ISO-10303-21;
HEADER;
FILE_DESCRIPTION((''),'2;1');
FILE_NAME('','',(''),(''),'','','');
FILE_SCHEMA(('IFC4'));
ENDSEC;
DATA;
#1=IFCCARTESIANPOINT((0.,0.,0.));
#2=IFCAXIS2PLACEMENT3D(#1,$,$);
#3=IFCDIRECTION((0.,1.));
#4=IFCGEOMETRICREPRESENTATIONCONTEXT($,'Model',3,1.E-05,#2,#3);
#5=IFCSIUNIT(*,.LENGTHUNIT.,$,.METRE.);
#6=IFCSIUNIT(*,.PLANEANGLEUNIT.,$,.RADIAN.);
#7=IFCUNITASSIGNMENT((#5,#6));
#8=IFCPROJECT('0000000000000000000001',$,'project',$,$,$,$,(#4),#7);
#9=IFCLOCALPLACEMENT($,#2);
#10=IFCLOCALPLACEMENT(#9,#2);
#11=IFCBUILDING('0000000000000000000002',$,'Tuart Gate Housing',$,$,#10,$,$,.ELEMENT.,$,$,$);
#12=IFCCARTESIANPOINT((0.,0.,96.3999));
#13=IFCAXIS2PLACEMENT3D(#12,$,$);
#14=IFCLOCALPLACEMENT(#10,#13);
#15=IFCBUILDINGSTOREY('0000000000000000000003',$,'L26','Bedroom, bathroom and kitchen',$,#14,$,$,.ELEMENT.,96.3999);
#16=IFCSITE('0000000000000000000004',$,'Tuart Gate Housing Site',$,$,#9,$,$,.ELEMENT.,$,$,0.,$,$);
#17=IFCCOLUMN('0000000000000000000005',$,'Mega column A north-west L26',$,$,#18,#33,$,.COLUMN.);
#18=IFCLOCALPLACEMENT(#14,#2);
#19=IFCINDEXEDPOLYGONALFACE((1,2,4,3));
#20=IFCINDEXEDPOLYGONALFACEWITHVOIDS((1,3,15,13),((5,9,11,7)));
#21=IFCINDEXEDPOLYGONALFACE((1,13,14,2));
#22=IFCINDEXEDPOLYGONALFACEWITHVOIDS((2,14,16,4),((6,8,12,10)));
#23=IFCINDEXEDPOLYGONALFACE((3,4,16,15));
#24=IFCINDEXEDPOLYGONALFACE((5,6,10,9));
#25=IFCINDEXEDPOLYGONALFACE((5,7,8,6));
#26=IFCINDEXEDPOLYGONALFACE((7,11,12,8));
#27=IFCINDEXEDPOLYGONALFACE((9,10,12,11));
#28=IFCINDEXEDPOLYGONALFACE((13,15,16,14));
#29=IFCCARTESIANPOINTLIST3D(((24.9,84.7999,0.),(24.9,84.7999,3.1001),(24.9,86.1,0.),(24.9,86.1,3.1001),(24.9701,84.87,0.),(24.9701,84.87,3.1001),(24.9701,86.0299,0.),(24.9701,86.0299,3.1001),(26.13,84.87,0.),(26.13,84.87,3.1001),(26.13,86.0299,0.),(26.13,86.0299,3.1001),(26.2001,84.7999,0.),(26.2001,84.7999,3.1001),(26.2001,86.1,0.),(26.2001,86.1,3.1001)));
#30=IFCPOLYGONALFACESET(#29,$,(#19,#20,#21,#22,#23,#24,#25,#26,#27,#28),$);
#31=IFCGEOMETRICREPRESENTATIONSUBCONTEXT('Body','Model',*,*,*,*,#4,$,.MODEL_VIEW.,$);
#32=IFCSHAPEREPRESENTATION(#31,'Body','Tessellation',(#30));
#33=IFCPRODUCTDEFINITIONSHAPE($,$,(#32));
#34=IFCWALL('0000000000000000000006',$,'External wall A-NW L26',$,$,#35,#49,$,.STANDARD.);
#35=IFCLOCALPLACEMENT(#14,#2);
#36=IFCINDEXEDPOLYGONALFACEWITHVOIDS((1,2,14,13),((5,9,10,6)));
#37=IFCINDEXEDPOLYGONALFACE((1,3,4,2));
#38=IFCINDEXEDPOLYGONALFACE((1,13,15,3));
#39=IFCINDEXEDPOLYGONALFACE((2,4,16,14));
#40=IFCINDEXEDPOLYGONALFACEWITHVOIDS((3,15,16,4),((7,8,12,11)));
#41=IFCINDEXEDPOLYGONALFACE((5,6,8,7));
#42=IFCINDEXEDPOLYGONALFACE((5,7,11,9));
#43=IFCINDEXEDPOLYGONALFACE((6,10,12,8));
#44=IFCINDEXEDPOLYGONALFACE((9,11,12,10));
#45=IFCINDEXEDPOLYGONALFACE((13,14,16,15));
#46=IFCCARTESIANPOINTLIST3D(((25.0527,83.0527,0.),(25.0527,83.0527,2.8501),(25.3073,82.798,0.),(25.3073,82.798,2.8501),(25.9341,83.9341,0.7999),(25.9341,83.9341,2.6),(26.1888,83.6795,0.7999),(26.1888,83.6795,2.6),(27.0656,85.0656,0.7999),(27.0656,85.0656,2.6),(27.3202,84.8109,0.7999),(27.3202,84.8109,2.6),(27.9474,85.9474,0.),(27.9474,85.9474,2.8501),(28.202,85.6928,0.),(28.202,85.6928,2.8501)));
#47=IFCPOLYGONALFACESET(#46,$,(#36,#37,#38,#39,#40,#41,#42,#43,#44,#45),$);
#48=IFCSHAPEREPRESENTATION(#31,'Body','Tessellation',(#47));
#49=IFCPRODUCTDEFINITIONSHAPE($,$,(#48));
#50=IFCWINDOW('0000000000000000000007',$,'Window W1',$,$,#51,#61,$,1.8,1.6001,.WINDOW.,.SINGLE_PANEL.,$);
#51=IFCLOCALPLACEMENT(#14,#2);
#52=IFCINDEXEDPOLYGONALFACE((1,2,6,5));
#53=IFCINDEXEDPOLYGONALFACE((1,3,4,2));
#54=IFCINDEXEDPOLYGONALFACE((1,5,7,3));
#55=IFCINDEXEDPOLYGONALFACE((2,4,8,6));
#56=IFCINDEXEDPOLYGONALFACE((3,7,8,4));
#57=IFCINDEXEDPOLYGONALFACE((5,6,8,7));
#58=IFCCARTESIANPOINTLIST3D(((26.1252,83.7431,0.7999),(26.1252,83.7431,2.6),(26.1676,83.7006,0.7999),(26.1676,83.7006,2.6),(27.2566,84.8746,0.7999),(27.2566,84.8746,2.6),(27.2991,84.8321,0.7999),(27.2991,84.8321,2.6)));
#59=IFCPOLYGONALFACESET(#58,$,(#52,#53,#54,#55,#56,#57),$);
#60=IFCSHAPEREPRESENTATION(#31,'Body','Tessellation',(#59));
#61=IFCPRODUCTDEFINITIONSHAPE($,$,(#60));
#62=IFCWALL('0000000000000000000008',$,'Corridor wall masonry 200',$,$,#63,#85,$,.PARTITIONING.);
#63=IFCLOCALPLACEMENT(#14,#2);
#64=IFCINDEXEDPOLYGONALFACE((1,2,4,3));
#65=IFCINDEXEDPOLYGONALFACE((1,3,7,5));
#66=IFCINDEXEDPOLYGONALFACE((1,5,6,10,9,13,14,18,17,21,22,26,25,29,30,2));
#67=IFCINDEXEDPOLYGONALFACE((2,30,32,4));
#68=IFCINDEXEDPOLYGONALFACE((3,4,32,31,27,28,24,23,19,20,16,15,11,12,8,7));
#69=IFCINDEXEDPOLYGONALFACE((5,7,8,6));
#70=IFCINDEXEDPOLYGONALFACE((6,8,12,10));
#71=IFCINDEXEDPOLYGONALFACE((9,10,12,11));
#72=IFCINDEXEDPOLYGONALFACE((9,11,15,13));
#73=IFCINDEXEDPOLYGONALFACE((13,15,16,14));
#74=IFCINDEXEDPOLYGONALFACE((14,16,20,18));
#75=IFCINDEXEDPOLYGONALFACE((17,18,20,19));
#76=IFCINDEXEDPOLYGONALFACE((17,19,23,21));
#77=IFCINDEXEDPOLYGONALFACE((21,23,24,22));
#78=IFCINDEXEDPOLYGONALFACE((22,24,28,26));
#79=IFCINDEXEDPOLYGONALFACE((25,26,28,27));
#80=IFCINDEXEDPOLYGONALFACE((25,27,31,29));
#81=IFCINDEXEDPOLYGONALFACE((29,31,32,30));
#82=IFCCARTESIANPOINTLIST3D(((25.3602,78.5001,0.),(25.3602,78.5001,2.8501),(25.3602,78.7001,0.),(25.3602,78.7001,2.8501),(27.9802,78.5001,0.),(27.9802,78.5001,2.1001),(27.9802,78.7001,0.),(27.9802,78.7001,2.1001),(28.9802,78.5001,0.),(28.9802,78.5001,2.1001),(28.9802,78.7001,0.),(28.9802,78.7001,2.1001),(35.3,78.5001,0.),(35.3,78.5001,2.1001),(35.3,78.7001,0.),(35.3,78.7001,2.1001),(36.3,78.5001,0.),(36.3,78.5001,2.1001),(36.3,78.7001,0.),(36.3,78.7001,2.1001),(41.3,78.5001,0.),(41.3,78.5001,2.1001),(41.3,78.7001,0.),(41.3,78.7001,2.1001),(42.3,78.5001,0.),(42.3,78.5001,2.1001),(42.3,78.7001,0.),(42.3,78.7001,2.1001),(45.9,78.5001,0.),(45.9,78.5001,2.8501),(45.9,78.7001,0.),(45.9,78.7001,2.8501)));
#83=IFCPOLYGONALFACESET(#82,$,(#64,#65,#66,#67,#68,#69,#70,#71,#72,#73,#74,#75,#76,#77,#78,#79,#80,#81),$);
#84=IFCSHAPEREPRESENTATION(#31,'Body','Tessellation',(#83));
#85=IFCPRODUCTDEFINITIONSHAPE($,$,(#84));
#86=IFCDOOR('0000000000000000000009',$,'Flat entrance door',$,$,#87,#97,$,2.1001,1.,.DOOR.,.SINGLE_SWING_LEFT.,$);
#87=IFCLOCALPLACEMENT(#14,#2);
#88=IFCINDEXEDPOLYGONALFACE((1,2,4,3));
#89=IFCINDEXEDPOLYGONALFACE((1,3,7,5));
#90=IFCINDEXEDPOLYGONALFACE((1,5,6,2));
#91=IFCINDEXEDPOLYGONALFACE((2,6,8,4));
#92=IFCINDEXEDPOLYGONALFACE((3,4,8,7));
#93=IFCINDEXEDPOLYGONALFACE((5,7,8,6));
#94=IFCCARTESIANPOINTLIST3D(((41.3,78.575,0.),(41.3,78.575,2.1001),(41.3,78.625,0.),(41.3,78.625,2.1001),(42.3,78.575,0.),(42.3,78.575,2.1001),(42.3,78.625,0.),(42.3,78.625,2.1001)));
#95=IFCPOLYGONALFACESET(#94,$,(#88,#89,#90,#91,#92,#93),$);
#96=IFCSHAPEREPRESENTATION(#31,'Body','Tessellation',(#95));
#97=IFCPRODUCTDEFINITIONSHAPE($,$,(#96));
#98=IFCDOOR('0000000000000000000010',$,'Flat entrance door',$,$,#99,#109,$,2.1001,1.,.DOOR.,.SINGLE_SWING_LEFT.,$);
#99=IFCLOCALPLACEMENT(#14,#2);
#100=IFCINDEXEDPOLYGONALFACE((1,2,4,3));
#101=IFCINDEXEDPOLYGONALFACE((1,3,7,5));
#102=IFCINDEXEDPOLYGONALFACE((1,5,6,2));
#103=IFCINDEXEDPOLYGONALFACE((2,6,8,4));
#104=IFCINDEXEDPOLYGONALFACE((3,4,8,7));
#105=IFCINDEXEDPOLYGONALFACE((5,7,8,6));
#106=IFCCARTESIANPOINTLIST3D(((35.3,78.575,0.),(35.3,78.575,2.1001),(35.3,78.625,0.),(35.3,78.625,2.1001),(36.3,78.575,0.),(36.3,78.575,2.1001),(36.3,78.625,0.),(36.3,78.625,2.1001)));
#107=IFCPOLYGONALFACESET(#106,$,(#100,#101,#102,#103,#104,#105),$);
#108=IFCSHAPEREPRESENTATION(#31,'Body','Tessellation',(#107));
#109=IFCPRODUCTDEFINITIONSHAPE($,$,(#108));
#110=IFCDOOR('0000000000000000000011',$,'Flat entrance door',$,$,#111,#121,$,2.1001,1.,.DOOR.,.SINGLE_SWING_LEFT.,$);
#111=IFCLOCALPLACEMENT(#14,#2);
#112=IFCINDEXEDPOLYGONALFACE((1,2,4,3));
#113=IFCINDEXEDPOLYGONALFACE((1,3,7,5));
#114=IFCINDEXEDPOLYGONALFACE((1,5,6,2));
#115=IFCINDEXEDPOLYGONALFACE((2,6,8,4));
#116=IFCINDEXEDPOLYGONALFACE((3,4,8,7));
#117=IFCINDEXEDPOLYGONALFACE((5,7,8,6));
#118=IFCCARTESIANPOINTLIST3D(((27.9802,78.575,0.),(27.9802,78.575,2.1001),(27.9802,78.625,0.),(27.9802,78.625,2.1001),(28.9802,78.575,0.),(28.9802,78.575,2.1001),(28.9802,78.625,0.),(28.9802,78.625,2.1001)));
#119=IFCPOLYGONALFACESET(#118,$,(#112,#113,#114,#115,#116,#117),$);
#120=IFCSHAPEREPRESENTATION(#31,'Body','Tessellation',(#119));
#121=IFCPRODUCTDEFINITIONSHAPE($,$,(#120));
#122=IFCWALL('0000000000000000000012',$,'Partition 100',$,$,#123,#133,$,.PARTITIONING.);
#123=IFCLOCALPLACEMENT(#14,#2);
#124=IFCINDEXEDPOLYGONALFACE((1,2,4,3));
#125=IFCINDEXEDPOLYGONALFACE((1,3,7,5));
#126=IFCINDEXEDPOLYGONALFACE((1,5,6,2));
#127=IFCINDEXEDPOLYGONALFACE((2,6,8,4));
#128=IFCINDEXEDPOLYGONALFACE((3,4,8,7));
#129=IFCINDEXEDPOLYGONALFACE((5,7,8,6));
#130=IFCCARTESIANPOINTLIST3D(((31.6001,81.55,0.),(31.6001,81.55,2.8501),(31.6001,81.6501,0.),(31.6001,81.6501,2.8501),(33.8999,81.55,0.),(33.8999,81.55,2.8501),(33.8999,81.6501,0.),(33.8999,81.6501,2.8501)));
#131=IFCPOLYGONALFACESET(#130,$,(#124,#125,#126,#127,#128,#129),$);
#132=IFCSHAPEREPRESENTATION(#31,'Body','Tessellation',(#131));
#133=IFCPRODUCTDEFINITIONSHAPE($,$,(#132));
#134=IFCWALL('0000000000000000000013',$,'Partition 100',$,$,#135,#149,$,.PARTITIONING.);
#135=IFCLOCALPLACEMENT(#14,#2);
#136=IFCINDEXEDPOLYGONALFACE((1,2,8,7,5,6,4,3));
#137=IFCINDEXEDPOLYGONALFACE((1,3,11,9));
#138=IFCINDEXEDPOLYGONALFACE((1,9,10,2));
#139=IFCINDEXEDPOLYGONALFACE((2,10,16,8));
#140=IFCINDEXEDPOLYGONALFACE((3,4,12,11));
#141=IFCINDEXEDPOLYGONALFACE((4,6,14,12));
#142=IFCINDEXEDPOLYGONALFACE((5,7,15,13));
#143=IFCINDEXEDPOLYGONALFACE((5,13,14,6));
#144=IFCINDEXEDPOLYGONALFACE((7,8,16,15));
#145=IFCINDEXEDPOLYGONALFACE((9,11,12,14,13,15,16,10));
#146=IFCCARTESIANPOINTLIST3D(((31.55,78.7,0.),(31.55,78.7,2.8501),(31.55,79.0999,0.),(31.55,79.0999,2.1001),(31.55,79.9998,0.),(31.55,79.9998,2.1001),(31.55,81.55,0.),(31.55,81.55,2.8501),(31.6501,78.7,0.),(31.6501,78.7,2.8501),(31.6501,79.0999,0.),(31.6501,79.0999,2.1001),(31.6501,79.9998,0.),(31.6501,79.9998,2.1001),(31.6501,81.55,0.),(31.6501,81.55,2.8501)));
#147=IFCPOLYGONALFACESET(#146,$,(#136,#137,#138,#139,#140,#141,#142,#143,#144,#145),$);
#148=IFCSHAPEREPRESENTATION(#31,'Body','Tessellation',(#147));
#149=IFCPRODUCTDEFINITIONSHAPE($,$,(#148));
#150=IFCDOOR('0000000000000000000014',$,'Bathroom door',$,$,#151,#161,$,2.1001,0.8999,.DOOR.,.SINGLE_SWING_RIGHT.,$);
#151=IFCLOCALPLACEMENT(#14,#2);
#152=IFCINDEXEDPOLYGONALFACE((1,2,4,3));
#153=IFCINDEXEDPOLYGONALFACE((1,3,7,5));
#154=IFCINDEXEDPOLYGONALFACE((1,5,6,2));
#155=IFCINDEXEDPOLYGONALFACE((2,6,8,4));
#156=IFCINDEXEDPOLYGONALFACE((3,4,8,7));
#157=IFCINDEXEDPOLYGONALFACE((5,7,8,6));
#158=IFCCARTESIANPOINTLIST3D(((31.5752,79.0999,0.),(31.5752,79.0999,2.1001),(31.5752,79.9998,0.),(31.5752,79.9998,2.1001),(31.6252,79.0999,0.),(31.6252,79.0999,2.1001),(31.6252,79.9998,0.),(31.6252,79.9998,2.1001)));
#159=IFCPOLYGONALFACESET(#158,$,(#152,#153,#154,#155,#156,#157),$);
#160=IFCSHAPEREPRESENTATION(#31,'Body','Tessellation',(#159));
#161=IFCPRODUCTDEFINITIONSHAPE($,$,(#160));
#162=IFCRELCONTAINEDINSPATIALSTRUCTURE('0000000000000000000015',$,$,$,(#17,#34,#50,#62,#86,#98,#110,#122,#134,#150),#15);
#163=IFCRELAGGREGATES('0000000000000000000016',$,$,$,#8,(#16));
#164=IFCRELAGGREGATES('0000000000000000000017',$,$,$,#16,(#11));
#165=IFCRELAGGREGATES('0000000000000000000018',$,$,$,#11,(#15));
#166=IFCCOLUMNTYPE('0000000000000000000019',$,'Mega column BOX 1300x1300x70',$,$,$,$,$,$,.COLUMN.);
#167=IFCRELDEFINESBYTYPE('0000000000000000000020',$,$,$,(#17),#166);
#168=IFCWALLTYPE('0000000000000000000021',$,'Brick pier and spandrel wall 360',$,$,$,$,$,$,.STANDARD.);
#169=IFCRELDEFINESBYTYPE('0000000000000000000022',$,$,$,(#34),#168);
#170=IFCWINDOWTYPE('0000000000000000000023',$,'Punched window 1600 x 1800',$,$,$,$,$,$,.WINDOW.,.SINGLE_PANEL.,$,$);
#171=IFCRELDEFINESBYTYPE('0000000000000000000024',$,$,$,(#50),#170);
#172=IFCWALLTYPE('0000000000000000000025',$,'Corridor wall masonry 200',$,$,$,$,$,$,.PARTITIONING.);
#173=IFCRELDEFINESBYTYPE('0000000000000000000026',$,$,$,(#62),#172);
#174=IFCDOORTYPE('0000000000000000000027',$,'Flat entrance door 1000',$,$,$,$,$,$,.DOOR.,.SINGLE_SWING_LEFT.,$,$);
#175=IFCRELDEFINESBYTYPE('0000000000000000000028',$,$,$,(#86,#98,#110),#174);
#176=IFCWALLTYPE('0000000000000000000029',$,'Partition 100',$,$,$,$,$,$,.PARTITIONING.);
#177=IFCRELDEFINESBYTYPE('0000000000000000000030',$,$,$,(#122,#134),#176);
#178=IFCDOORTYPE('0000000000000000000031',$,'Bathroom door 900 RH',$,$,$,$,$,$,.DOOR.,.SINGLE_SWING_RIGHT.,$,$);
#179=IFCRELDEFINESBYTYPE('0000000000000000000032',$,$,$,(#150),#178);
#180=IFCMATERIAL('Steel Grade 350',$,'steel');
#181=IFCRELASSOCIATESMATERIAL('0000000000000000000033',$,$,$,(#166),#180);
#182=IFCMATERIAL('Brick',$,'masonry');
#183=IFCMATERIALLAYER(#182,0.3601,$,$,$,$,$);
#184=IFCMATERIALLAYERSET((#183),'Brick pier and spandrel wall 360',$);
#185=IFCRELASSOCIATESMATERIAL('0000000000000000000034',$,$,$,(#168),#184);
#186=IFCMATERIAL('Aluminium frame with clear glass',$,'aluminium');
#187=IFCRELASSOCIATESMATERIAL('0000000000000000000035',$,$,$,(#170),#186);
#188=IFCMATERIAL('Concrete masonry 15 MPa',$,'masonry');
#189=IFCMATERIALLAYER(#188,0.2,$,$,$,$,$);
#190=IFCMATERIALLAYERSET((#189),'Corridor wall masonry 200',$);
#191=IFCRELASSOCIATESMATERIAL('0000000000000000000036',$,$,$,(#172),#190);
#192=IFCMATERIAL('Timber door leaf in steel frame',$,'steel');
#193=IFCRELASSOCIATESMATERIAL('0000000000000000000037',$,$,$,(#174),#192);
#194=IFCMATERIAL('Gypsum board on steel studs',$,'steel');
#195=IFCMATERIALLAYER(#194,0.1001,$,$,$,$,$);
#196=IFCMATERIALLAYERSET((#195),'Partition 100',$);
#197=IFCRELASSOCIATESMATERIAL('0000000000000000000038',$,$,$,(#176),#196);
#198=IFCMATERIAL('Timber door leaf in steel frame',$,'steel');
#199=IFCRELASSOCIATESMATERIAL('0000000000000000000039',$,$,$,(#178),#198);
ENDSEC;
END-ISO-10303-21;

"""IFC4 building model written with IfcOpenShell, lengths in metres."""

from ifc_helpers import new_model, si_unit, direction, frame, frame_2d, origin, origin_2d, place, context, subcontext, project, spatial, rectangle, hollow_rectangle, extrude, material, layer, layer_set, material_profile, profile_set, type_object, element, fill, save


model = new_model("IFC4")

# Units and contexts
model_context = context("Model", 3, precision=1e-05, world=origin(), true_north=direction((0.0, 1.0)))
body_context = subcontext(model_context, "Body", "Model", "MODEL_VIEW")
ifc_project = project(units=[si_unit("LENGTHUNIT", "METRE"), si_unit("PLANEANGLEUNIT", "RADIAN")], contexts=[model_context])

# Site, building, storey
site_placement = place(None, origin())
site = spatial("IfcSite", under=ifc_project, at=site_placement, Name="Tuart Gate Housing Site", CompositionType="ELEMENT", RefElevation=0.0)
building_placement = place(site_placement, origin())
building = spatial("IfcBuilding", under=site, at=building_placement, Name="Tuart Gate Housing", CompositionType="ELEMENT")
storey_placement = place(building_placement, frame((0.0, 0.0, 96.3999)))
storey = spatial("IfcBuildingStorey", under=building, at=storey_placement, Name="L26", Description="Bedroom, bathroom and kitchen", CompositionType="ELEMENT", Elevation=96.3999)

# Column
ifc_material_1 = material(Name="Steel Grade 350", Category="steel")
ifc_material_profile = material_profile(ifc_material_1, hollow_rectangle(XDim=1.3, YDim=1.3, WallThickness=0.0701, at=origin_2d()), Name="BOX 1300x1300x70")
ifc_profile_set = profile_set([ifc_material_profile], Name="Steel Grade 350")
column_type = type_object("IfcColumnType", Name="Mega column BOX 1300x1300x70", PredefinedType="COLUMN", material=ifc_profile_set)
column_placement = place(storey_placement, frame((25.55, 85.45, 0.0), z_axis=(0.0, 0.0, 1.0), x_axis=(1.0, 0.0, 0.0)))
element("IfcColumn", 1, at=column_placement, inside=storey, type_object=column_type, Name="Mega column A north-west L26", PredefinedType="COLUMN", context=body_context, shape_type="SweptSolid", body=[
    extrude(hollow_rectangle(XDim=1.3, YDim=1.3, WallThickness=0.0701, at=origin_2d()), origin(), (0.0, 0.0, 1.0), 3.1001),
])

# Wall, opening, window
ifc_material_2 = material(Name="Brick", Category="masonry")
ifc_layer_1 = layer(ifc_material_2, 0.3601)
ifc_layer_set_1 = layer_set([ifc_layer_1], Name="Brick pier and spandrel wall 360")
wall_type_1 = type_object("IfcWallType", Name="Brick pier and spandrel wall 360", PredefinedType="STANDARD", material=ifc_layer_set_1)
wall_1_placement = place(storey_placement, frame((28.0747, 85.8201, 0.0), z_axis=(0.0, 0.0, 1.0), x_axis=(-0.707107, -0.707107, 0.0)))
wall_1 = element("IfcWall", 2, at=wall_1_placement, inside=storey, type_object=wall_type_1, Name="External wall A-NW L26", PredefinedType="STANDARD", context=body_context, shape_type="SweptSolid", body=[
    extrude(rectangle(XDim=4.0938, YDim=0.3601, at=frame_2d((2.0469, 0.0))), origin(), (0.0, 0.0, 1.0), 2.8501),
])
opening_1_placement = place(wall_1_placement, frame((1.2471, 0.0, 0.8)))
opening_1 = element("IfcOpeningElement", 3, at=opening_1_placement, cuts=wall_1, PredefinedType="OPENING", context=body_context, shape_type="SweptSolid", body=[
    extrude(rectangle(XDim=1.6001, YDim=1.8, at=frame_2d((0.8, 0.8999))), frame((0.0, 0.1899, 0.0), z_axis=(0.0, -1.0, 0.0), x_axis=(1.0, 0.0, 0.0)), (0.0, 0.0, 1.0), 0.3801),
])
ifc_material_3 = material(Name="Aluminium frame with clear glass", Category="aluminium")
window_type_1 = type_object("IfcWindowType", Name="Punched window 1600 x 1800", PartitioningType="SINGLE_PANEL", PredefinedType="WINDOW", material=ifc_material_3)
window_1_placement = place(opening_1_placement, origin())
window_1 = element("IfcWindow", 4, at=window_1_placement, inside=storey, type_object=window_type_1, Name="Window W1", OverallHeight=1.8, OverallWidth=1.6001, PartitioningType="SINGLE_PANEL", PredefinedType="WINDOW", context=body_context, shape_type="SweptSolid", body=[
    extrude(rectangle(XDim=1.6001, YDim=1.8, at=frame_2d((0.8, 0.8999))), frame((0.0, 0.1501, 0.0), z_axis=(0.0, -1.0, 0.0), x_axis=(1.0, 0.0, 0.0)), (0.0, 0.0, 1.0), 0.0601),
])
fill(opening_1, window_1)

# Wall, openings, doors
ifc_material_4 = material(Name="Concrete masonry 15 MPa", Category="masonry")
ifc_layer_2 = layer(ifc_material_4, 0.2)
ifc_layer_set_2 = layer_set([ifc_layer_2], Name="Corridor wall masonry 200")
wall_type_2 = type_object("IfcWallType", Name="Corridor wall masonry 200", PredefinedType="PARTITIONING", material=ifc_layer_set_2)
wall_2_placement = place(storey_placement, frame((25.3601, 78.6001, 0.0), z_axis=(0.0, 0.0, 1.0), x_axis=(1.0, 0.0, 0.0)))
wall_2 = element("IfcWall", 5, at=wall_2_placement, inside=storey, type_object=wall_type_2, Name="Corridor wall masonry 200", PredefinedType="PARTITIONING", context=body_context, shape_type="SweptSolid", body=[
    extrude(rectangle(XDim=20.5398, YDim=0.2, at=frame_2d((10.27, 0.0))), origin(), (0.0, 0.0, 1.0), 2.8501),
])
opening_2_placement = place(wall_2_placement, frame((15.9399, 0.0, 0.0)))
opening_2 = element("IfcOpeningElement", 6, at=opening_2_placement, cuts=wall_2, PredefinedType="OPENING", context=body_context, shape_type="SweptSolid", body=[
    extrude(rectangle(XDim=1.0, YDim=2.1001, at=frame_2d((0.5, 1.05))), frame((0.0, 0.1099, 0.0), z_axis=(0.0, -1.0, 0.0), x_axis=(1.0, 0.0, 0.0)), (0.0, 0.0, 1.0), 0.22),
])
opening_3_placement = place(wall_2_placement, frame((9.9399, 0.0, 0.0)))
opening_3 = element("IfcOpeningElement", 7, at=opening_3_placement, cuts=wall_2, PredefinedType="OPENING", context=body_context, shape_type="SweptSolid", body=[
    extrude(rectangle(XDim=1.0, YDim=2.1001, at=frame_2d((0.5, 1.05))), frame((0.0, 0.1099, 0.0), z_axis=(0.0, -1.0, 0.0), x_axis=(1.0, 0.0, 0.0)), (0.0, 0.0, 1.0), 0.22),
])
opening_4_placement = place(wall_2_placement, frame((2.6201, 0.0, 0.0)))
opening_4 = element("IfcOpeningElement", 8, at=opening_4_placement, cuts=wall_2, PredefinedType="OPENING", context=body_context, shape_type="SweptSolid", body=[
    extrude(rectangle(XDim=1.0, YDim=2.1001, at=frame_2d((0.5, 1.05))), frame((0.0, 0.1099, 0.0), z_axis=(0.0, -1.0, 0.0), x_axis=(1.0, 0.0, 0.0)), (0.0, 0.0, 1.0), 0.22),
])
ifc_material_5 = material(Name="Timber door leaf in steel frame", Category="steel")
door_type_1 = type_object("IfcDoorType", Name="Flat entrance door 1000", OperationType="SINGLE_SWING_LEFT", PredefinedType="DOOR", material=ifc_material_5)
door_1_placement = place(opening_2_placement, origin())
door_1 = element("IfcDoor", 9, at=door_1_placement, inside=storey, type_object=door_type_1, Name="Flat entrance door", OperationType="SINGLE_SWING_LEFT", OverallHeight=2.1001, OverallWidth=1.0, PredefinedType="DOOR", context=body_context, shape_type="SweptSolid", body=[
    extrude(rectangle(XDim=1.0, YDim=2.1001, at=frame_2d((0.5, 1.05))), frame((0.0, 0.0249, 0.0), z_axis=(0.0, -1.0, 0.0), x_axis=(1.0, 0.0, 0.0)), (0.0, 0.0, 1.0), 0.05),
])
fill(opening_2, door_1)
door_2_placement = place(opening_3_placement, origin())
door_2 = element("IfcDoor", 10, at=door_2_placement, inside=storey, type_object=door_type_1, Name="Flat entrance door", OperationType="SINGLE_SWING_LEFT", OverallHeight=2.1001, OverallWidth=1.0, PredefinedType="DOOR", context=body_context, shape_type="SweptSolid", body=[
    extrude(rectangle(XDim=1.0, YDim=2.1001, at=frame_2d((0.5, 1.05))), frame((0.0, 0.0249, 0.0), z_axis=(0.0, -1.0, 0.0), x_axis=(1.0, 0.0, 0.0)), (0.0, 0.0, 1.0), 0.05),
])
fill(opening_3, door_2)
door_3_placement = place(opening_4_placement, origin())
door_3 = element("IfcDoor", 11, at=door_3_placement, inside=storey, type_object=door_type_1, Name="Flat entrance door", OperationType="SINGLE_SWING_LEFT", OverallHeight=2.1001, OverallWidth=1.0, PredefinedType="DOOR", context=body_context, shape_type="SweptSolid", body=[
    extrude(rectangle(XDim=1.0, YDim=2.1001, at=frame_2d((0.5, 1.05))), frame((0.0, 0.0249, 0.0), z_axis=(0.0, -1.0, 0.0), x_axis=(1.0, 0.0, 0.0)), (0.0, 0.0, 1.0), 0.05),
])
fill(opening_4, door_3)

# Wall
ifc_material_6 = material(Name="Gypsum board on steel studs", Category="steel")
ifc_layer_3 = layer(ifc_material_6, 0.1001)
ifc_layer_set_3 = layer_set([ifc_layer_3], Name="Partition 100")
wall_type_3 = type_object("IfcWallType", Name="Partition 100", PredefinedType="PARTITIONING", material=ifc_layer_set_3)
wall_3_placement = place(storey_placement, frame((31.6001, 81.6001, 0.0), z_axis=(0.0, 0.0, 1.0), x_axis=(1.0, 0.0, 0.0)))
element("IfcWall", 12, at=wall_3_placement, inside=storey, type_object=wall_type_3, Name="Partition 100", PredefinedType="PARTITIONING", context=body_context, shape_type="SweptSolid", body=[
    extrude(rectangle(XDim=2.2998, YDim=0.1001, at=frame_2d((1.1499, 0.0))), origin(), (0.0, 0.0, 1.0), 2.8501),
])

# Wall, opening, door
wall_4_placement = place(storey_placement, frame((31.6001, 78.7, 0.0), z_axis=(0.0, 0.0, 1.0), x_axis=(0.0, 1.0, 0.0)))
wall_4 = element("IfcWall", 13, at=wall_4_placement, inside=storey, type_object=wall_type_3, Name="Partition 100", PredefinedType="PARTITIONING", context=body_context, shape_type="SweptSolid", body=[
    extrude(rectangle(XDim=2.8501, YDim=0.1001, at=frame_2d((1.425, 0.0))), origin(), (0.0, 0.0, 1.0), 2.8501),
])
opening_5_placement = place(wall_4_placement, frame((0.3999, 0.0, 0.0)))
opening_5 = element("IfcOpeningElement", 14, at=opening_5_placement, cuts=wall_4, PredefinedType="OPENING", context=body_context, shape_type="SweptSolid", body=[
    extrude(rectangle(XDim=0.8999, YDim=2.1001, at=frame_2d((0.45, 1.05))), frame((0.0, 0.0601, 0.0), z_axis=(0.0, -1.0, 0.0), x_axis=(1.0, 0.0, 0.0)), (0.0, 0.0, 1.0), 0.1201),
])
ifc_material_7 = material(Name="Timber door leaf in steel frame", Category="steel")
door_type_2 = type_object("IfcDoorType", Name="Bathroom door 900 RH", OperationType="SINGLE_SWING_RIGHT", PredefinedType="DOOR", material=ifc_material_7)
door_4_placement = place(opening_5_placement, frame((0.8999, 0.0, 0.0), z_axis=(0.0, 0.0, 1.0), x_axis=(-1.0, 0.0, 0.0)))
door_4 = element("IfcDoor", 15, at=door_4_placement, inside=storey, type_object=door_type_2, Name="Bathroom door", OperationType="SINGLE_SWING_RIGHT", OverallHeight=2.1001, OverallWidth=0.8999, PredefinedType="DOOR", context=body_context, shape_type="SweptSolid", body=[
    extrude(rectangle(XDim=0.8999, YDim=2.1001, at=frame_2d((0.45, 1.05))), frame((0.0, 0.0251, 0.0), z_axis=(0.0, -1.0, 0.0), x_axis=(1.0, 0.0, 0.0)), (0.0, 0.0, 1.0), 0.05),
])
fill(opening_5, door_4)

save(model, "model.ifc")
